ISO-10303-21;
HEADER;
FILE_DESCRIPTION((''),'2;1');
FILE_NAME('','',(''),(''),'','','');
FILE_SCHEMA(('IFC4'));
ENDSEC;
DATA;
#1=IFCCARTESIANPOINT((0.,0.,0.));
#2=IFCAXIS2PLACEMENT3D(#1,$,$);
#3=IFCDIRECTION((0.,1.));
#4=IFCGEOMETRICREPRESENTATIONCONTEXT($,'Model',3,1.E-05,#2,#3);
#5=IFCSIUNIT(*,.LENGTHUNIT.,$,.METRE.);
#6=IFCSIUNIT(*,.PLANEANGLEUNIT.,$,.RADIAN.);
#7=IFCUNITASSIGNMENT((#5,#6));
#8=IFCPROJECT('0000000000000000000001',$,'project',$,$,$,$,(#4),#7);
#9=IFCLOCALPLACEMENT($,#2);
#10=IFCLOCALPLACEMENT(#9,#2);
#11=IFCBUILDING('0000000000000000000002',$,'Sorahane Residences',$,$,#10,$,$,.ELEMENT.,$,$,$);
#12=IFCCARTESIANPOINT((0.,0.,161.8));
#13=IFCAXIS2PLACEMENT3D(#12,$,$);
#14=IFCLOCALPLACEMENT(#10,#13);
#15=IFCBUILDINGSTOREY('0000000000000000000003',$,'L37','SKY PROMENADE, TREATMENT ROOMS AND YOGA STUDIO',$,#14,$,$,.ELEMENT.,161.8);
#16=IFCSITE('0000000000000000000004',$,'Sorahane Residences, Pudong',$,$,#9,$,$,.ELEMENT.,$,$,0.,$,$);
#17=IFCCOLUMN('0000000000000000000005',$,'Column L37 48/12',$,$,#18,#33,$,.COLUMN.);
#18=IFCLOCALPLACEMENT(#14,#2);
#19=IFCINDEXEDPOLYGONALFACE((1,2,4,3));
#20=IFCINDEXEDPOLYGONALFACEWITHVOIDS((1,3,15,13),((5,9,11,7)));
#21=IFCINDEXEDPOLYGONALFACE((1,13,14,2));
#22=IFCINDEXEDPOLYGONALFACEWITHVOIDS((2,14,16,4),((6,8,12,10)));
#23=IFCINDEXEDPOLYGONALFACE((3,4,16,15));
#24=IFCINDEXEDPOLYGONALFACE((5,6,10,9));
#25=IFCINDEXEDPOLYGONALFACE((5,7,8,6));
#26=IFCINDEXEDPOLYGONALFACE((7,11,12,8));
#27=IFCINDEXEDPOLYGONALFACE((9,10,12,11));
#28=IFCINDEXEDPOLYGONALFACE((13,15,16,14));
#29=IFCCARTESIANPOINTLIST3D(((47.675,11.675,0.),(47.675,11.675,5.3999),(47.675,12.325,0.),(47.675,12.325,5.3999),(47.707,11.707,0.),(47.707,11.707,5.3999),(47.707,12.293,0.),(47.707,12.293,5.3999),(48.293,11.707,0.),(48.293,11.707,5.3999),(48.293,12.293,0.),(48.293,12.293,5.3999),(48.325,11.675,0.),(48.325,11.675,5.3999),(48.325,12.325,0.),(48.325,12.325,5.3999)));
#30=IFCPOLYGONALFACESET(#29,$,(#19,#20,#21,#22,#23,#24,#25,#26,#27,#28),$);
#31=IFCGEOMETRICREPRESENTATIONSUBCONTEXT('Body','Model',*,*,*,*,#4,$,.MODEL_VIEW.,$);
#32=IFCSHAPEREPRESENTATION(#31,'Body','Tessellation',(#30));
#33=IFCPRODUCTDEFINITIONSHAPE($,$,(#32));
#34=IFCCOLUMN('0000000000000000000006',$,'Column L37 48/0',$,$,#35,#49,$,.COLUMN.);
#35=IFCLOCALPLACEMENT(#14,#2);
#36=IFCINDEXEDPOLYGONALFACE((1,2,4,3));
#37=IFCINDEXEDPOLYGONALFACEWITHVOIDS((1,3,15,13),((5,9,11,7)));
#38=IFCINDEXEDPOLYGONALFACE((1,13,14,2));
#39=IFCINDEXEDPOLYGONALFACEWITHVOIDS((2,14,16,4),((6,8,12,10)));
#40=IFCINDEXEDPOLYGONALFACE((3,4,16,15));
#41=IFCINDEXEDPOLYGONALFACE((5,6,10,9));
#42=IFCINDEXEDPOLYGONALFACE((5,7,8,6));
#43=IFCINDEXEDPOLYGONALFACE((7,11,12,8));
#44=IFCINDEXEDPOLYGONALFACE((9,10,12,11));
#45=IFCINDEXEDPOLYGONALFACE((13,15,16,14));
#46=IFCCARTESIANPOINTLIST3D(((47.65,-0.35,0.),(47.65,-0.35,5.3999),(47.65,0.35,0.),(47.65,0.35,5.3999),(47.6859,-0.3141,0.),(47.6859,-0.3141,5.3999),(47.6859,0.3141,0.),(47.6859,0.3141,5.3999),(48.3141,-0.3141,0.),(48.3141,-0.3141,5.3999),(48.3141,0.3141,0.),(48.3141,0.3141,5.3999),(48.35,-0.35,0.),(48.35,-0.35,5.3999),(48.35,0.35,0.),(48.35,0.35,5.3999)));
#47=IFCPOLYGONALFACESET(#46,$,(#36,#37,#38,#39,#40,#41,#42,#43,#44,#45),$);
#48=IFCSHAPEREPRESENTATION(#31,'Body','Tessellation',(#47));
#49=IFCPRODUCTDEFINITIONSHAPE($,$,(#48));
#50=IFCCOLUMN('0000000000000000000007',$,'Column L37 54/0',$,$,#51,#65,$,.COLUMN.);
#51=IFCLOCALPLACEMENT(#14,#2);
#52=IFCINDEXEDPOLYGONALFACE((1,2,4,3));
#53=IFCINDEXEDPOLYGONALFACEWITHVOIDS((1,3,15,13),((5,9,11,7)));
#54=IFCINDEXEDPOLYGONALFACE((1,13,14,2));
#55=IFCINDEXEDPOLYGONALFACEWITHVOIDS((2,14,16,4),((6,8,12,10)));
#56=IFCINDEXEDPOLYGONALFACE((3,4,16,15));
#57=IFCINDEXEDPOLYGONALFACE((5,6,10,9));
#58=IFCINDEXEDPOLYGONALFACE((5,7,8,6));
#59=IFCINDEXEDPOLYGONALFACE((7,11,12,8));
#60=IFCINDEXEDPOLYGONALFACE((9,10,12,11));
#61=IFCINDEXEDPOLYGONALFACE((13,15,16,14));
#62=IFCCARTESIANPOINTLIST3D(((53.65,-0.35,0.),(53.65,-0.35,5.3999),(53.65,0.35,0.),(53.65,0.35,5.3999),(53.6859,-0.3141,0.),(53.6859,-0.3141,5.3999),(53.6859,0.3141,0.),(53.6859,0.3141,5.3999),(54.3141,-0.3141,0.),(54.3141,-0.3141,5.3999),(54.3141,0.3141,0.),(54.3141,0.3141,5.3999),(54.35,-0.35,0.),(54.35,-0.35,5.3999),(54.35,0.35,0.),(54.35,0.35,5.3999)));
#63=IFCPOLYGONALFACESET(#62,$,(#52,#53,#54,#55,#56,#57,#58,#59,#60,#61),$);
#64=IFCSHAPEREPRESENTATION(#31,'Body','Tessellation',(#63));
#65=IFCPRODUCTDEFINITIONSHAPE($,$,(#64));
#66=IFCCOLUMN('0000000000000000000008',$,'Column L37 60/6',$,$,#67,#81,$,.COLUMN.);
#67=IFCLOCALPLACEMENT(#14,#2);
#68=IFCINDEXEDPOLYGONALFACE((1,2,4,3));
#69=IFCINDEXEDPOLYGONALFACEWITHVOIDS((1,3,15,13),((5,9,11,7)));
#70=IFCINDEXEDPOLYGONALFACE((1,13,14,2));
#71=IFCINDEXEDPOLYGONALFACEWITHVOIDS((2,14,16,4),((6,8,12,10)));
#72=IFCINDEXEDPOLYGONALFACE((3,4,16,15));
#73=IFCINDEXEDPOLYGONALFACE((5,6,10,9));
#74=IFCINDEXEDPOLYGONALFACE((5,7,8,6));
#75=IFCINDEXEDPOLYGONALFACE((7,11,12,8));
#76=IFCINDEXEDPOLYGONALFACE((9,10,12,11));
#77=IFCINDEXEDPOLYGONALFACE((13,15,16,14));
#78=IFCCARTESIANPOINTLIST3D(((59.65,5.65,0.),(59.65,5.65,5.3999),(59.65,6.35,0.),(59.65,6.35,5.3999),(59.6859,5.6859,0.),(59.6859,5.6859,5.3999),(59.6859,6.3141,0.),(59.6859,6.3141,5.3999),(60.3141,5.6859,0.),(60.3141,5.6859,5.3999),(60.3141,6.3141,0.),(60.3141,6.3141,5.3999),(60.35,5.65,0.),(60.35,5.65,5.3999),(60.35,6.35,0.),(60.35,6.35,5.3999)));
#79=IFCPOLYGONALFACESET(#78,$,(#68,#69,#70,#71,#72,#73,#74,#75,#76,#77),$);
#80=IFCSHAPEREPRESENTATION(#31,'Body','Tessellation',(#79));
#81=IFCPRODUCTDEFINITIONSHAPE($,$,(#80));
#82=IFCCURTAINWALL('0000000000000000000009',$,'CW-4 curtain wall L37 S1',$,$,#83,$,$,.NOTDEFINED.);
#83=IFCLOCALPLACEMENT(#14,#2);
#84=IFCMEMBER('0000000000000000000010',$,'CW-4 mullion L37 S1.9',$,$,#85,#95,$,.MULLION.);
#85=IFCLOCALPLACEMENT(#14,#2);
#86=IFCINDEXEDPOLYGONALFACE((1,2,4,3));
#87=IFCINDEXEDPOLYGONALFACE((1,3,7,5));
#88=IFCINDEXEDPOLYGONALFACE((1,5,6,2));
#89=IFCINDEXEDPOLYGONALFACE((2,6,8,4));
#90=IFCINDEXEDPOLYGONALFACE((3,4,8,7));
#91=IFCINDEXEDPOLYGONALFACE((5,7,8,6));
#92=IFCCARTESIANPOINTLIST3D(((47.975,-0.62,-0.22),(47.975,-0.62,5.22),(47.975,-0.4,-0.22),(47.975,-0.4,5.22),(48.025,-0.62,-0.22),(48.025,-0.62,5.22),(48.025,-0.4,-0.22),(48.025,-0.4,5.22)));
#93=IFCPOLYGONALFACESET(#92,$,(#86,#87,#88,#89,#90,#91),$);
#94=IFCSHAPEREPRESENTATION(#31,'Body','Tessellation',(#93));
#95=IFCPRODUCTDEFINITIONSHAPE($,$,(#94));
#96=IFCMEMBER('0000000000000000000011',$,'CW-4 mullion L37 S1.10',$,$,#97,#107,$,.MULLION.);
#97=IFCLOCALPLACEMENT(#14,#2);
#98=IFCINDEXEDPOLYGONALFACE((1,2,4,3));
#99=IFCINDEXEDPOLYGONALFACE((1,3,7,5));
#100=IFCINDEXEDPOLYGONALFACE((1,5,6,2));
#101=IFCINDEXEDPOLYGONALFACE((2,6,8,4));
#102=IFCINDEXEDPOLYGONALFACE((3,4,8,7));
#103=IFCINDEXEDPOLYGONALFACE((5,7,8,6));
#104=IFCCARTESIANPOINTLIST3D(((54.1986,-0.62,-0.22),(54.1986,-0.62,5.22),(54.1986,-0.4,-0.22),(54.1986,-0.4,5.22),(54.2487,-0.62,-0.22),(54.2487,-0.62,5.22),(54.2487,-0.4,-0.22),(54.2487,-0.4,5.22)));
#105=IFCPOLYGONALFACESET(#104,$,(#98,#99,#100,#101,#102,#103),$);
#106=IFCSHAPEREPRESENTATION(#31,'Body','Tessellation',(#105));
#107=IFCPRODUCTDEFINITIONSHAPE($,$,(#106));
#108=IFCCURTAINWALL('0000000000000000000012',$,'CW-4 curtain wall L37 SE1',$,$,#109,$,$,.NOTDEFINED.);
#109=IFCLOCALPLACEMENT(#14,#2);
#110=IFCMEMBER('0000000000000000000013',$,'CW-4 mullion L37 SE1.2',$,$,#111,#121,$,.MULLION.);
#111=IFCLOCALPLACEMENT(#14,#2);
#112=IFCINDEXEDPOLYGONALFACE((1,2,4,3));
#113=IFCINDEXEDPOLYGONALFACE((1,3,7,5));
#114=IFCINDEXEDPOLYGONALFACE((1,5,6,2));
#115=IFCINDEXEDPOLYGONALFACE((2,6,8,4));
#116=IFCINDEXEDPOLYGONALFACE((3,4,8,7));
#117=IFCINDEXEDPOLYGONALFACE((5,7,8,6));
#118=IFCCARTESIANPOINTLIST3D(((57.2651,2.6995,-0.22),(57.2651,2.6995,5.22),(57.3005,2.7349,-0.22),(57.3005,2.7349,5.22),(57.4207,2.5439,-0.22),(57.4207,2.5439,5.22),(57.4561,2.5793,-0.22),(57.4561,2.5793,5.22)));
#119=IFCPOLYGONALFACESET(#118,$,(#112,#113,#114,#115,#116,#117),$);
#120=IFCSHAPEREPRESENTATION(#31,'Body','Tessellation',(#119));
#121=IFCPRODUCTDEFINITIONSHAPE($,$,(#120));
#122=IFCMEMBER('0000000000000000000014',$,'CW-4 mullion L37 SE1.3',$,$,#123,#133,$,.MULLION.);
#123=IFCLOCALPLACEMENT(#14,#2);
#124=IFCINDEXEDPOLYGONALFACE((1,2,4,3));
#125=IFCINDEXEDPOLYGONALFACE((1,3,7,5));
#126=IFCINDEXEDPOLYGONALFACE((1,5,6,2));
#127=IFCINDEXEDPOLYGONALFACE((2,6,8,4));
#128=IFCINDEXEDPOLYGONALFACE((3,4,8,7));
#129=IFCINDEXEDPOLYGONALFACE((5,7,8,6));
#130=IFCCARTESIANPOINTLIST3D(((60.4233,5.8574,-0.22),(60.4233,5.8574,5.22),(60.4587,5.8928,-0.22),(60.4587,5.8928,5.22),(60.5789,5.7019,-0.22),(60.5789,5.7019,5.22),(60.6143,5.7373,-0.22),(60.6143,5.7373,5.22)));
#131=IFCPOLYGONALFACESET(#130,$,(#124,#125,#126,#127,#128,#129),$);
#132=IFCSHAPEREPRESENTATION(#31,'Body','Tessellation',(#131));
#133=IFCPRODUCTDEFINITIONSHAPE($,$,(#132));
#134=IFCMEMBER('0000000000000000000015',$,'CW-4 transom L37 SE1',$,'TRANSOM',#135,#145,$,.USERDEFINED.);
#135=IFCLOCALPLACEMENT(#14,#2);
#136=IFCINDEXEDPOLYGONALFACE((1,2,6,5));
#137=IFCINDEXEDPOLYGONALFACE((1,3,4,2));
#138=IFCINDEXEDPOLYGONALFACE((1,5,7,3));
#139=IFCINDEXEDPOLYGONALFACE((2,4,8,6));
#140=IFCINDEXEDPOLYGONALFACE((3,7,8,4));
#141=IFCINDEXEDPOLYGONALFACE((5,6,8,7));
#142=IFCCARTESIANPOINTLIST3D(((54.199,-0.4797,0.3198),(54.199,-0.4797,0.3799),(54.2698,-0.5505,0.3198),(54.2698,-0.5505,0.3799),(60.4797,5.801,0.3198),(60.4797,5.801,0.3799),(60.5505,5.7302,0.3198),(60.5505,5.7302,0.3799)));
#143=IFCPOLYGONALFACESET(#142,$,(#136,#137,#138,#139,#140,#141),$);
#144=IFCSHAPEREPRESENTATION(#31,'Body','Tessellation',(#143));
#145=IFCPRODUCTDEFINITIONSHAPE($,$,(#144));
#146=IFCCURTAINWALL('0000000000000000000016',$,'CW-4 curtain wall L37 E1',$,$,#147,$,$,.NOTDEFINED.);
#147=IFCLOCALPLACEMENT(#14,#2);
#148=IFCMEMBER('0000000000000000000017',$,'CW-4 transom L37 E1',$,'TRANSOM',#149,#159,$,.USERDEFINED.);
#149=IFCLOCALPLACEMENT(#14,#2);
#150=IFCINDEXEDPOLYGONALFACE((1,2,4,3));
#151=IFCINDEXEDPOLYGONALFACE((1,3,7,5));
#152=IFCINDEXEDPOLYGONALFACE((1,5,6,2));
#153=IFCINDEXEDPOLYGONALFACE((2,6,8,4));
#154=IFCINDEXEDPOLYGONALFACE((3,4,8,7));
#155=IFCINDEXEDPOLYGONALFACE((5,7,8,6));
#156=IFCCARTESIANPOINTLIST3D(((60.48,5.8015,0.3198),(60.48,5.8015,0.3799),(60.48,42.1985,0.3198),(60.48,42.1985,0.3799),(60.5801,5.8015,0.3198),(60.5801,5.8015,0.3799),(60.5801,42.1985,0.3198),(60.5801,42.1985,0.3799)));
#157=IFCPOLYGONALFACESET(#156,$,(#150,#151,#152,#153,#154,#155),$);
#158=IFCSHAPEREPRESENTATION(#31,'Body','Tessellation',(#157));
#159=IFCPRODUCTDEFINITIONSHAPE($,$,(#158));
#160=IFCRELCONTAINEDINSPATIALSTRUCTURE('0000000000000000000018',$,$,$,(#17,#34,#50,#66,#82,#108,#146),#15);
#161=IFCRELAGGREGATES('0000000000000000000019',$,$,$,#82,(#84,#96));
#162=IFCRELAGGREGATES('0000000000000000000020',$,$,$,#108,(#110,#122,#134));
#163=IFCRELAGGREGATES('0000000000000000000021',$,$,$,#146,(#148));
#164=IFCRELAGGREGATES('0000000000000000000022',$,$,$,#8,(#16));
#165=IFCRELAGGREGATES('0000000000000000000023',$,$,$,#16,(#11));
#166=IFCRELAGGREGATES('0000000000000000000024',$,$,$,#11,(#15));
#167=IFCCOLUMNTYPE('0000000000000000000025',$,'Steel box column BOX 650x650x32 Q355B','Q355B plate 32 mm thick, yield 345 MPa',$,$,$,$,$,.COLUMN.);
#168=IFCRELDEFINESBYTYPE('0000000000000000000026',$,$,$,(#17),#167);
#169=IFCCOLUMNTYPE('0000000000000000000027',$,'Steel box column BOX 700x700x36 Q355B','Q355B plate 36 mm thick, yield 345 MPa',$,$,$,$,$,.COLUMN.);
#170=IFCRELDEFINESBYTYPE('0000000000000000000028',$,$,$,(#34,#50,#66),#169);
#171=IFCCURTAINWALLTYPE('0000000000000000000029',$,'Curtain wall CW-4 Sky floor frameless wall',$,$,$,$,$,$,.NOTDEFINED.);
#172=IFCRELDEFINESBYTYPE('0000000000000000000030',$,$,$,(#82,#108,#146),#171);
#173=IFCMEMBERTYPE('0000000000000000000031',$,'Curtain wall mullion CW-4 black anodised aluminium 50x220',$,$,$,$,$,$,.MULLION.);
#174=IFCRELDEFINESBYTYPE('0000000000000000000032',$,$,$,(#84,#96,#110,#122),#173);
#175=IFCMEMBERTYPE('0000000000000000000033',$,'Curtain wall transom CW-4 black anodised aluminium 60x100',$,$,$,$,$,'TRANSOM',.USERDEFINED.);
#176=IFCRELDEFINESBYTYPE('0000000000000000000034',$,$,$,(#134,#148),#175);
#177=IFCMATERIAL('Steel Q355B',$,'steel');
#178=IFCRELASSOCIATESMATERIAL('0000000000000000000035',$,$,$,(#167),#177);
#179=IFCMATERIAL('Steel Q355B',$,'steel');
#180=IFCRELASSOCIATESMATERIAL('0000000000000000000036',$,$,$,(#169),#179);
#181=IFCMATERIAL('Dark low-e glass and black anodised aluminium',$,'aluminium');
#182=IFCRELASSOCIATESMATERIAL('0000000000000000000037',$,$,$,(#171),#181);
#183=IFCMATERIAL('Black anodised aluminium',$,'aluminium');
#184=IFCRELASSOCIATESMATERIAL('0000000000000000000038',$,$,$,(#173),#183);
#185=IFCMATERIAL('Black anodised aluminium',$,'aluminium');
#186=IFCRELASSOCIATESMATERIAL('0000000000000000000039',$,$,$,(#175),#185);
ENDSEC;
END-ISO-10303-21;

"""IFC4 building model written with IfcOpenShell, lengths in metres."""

from ifc_helpers import new_model, si_unit, direction, frame, origin, origin_2d, place, context, subcontext, project, spatial, rectangle, hollow_rectangle, extrude, material, material_profile, profile_set, type_object, element, aggregate, save


model = new_model("IFC4")

# Units and contexts
model_context = context("Model", 3, precision=1e-05, world=origin(), true_north=direction((0.0, 1.0)))
body_context = subcontext(model_context, "Body", "Model", "MODEL_VIEW")
ifc_project = project(units=[si_unit("LENGTHUNIT", "METRE"), si_unit("PLANEANGLEUNIT", "RADIAN")], contexts=[model_context])

# Site, building, storey
site_placement = place(None, origin())
site = spatial("IfcSite", under=ifc_project, at=site_placement, Name="Sorahane Residences, Pudong", CompositionType="ELEMENT", RefElevation=0.0)
building_placement = place(site_placement, origin())
building = spatial("IfcBuilding", under=site, at=building_placement, Name="Sorahane Residences", CompositionType="ELEMENT")
storey_placement = place(building_placement, frame((0.0, 0.0, 161.8)))
storey = spatial("IfcBuildingStorey", under=building, at=storey_placement, Name="L37", Description="SKY PROMENADE, TREATMENT ROOMS AND YOGA STUDIO", CompositionType="ELEMENT", Elevation=161.8)

# Columns
ifc_material_1 = material(Name="Steel Q355B", Category="steel")
ifc_material_profile_1 = material_profile(ifc_material_1, hollow_rectangle(XDim=0.6499, YDim=0.6499, WallThickness=0.032, at=origin_2d()), Name="BOX 650x650x32")
ifc_profile_set_1 = profile_set([ifc_material_profile_1], Name="Steel Q355B")
column_type_1 = type_object("IfcColumnType", Name="Steel box column BOX 650x650x32 Q355B", Description="Q355B plate 32 mm thick, yield 345 MPa", PredefinedType="COLUMN", material=ifc_profile_set_1)
column_placement = place(storey_placement, frame((48.0, 12.0, 0.0), z_axis=(0.0, 0.0, 1.0), x_axis=(1.0, 0.0, 0.0)))
element("IfcColumn", 1, at=column_placement, inside=storey, type_object=column_type_1, Name="Column L37 48/12", PredefinedType="COLUMN", context=body_context, shape_type="SweptSolid", body=[
    extrude(hollow_rectangle(XDim=0.6499, YDim=0.6499, WallThickness=0.032, at=origin_2d()), origin(), (0.0, 0.0, 1.0), 5.3999),
])
ifc_material_2 = material(Name="Steel Q355B", Category="steel")
ifc_material_profile_2 = material_profile(ifc_material_2, hollow_rectangle(XDim=0.7, YDim=0.7, WallThickness=0.0359, at=origin_2d()), Name="BOX 700x700x36")
ifc_profile_set_2 = profile_set([ifc_material_profile_2], Name="Steel Q355B")
column_type_2 = type_object("IfcColumnType", Name="Steel box column BOX 700x700x36 Q355B", Description="Q355B plate 36 mm thick, yield 345 MPa", PredefinedType="COLUMN", material=ifc_profile_set_2)
for number, where, z_axis, x_axis, name in (
    (2, (48.0, 0.0, 0.0), (0.0, 0.0, 1.0), (1.0, 0.0, 0.0), "Column L37 48/0"),
    (3, (54.0, 0.0, 0.0), (0.0, 0.0, 1.0), (1.0, 0.0, 0.0), "Column L37 54/0"),
    (4, (60.0, 6.0, 0.0), (0.0, 0.0, 1.0), (1.0, 0.0, 0.0), "Column L37 60/6"),
):
    element("IfcColumn", number, at=place(storey_placement, frame(where, z_axis=z_axis, x_axis=x_axis)), inside=storey, type_object=column_type_2, Name=name, PredefinedType="COLUMN", context=body_context, shape_type="SweptSolid", body=[
        extrude(hollow_rectangle(XDim=0.7, YDim=0.7, WallThickness=0.0359, at=origin_2d()), origin(), (0.0, 0.0, 1.0), 5.3999),
    ])

# Curtain walls, members
ifc_material_3 = material(Name="Dark low-e glass and black anodised aluminium", Category="aluminium")
curtain_wall_type = type_object("IfcCurtainWallType", Name="Curtain wall CW-4 Sky floor frameless wall", PredefinedType="NOTDEFINED", material=ifc_material_3)
curtain_wall_1_placement = place(storey_placement, origin())
curtain_wall_1 = element("IfcCurtainWall", 5, at=curtain_wall_1_placement, inside=storey, type_object=curtain_wall_type, Name="CW-4 curtain wall L37 S1", PredefinedType="NOTDEFINED")
ifc_material_4 = material(Name="Black anodised aluminium", Category="aluminium")
ifc_material_profile_3 = material_profile(ifc_material_4, rectangle(XDim=0.22, YDim=0.05, at=origin_2d()), Name="Curtain wall mullion CW-4 black anodised aluminium 50x220")
ifc_profile_set_3 = profile_set([ifc_material_profile_3], Name="Black anodised aluminium")
member_type_1 = type_object("IfcMemberType", Name="Curtain wall mullion CW-4 black anodised aluminium 50x220", PredefinedType="MULLION", material=ifc_profile_set_3)
member_1_placement = place(storey_placement, frame((48.0, -0.51, -0.22), z_axis=(0.0, 0.0, 1.0), x_axis=(0.0, -1.0, 0.0)))
member_1 = element("IfcMember", 6, at=member_1_placement, type_object=member_type_1, Name="CW-4 mullion L37 S1.9", PredefinedType="MULLION", context=body_context, shape_type="SweptSolid", body=[
    extrude(rectangle(XDim=0.22, YDim=0.05, at=origin_2d()), origin(), (0.0, 0.0, 1.0), 5.4399),
])
member_2_placement = place(storey_placement, frame((54.2236, -0.51, -0.22), z_axis=(0.0, 0.0, 1.0), x_axis=(0.0, -1.0, 0.0)))
member_2 = element("IfcMember", 7, at=member_2_placement, type_object=member_type_1, Name="CW-4 mullion L37 S1.10", PredefinedType="MULLION", context=body_context, shape_type="SweptSolid", body=[
    extrude(rectangle(XDim=0.22, YDim=0.05, at=origin_2d()), origin(), (0.0, 0.0, 1.0), 5.4399),
])
curtain_wall_2_placement = place(storey_placement, origin())
curtain_wall_2 = element("IfcCurtainWall", 8, at=curtain_wall_2_placement, inside=storey, type_object=curtain_wall_type, Name="CW-4 curtain wall L37 SE1", PredefinedType="NOTDEFINED")
member_3_placement = place(storey_placement, frame((57.3606, 2.6394, -0.22), z_axis=(0.0, 0.0, 1.0), x_axis=(0.707107, -0.707107, 0.0)))
member_3 = element("IfcMember", 9, at=member_3_placement, type_object=member_type_1, Name="CW-4 mullion L37 SE1.2", PredefinedType="MULLION", context=body_context, shape_type="SweptSolid", body=[
    extrude(rectangle(XDim=0.22, YDim=0.05, at=origin_2d()), origin(), (0.0, 0.0, 1.0), 5.4399),
])
member_4_placement = place(storey_placement, frame((60.5188, 5.7974, -0.22), z_axis=(0.0, 0.0, 1.0), x_axis=(0.707107, -0.707107, 0.0)))
member_4 = element("IfcMember", 10, at=member_4_placement, type_object=member_type_1, Name="CW-4 mullion L37 SE1.3", PredefinedType="MULLION", context=body_context, shape_type="SweptSolid", body=[
    extrude(rectangle(XDim=0.22, YDim=0.05, at=origin_2d()), origin(), (0.0, 0.0, 1.0), 5.4399),
])
ifc_material_5 = material(Name="Black anodised aluminium", Category="aluminium")
ifc_material_profile_4 = material_profile(ifc_material_5, rectangle(XDim=0.1001, YDim=0.0601, at=origin_2d()), Name="Curtain wall transom CW-4 black anodised aluminium 60x100")
ifc_profile_set_4 = profile_set([ifc_material_profile_4], Name="Black anodised aluminium")
member_type_2 = type_object("IfcMemberType", Name="Curtain wall transom CW-4 black anodised aluminium 60x100", ElementType="TRANSOM", PredefinedType="USERDEFINED", material=ifc_profile_set_4)
member_5_placement = place(storey_placement, frame((54.2344, -0.5151, 0.3499), z_axis=(0.707107, 0.707107, 0.0), x_axis=(-0.707107, 0.707107, 0.0)))
member_5 = element("IfcMember", 11, at=member_5_placement, type_object=member_type_2, Name="CW-4 transom L37 SE1", ObjectType="TRANSOM", PredefinedType="USERDEFINED", context=body_context, shape_type="SweptSolid", body=[
    extrude(rectangle(XDim=0.1001, YDim=0.0601, at=origin_2d()), origin(), (0.0, 0.0, 1.0), 8.8823),
])

# Curtain wall, member
curtain_wall_3_placement = place(storey_placement, origin())
curtain_wall_3 = element("IfcCurtainWall", 12, at=curtain_wall_3_placement, inside=storey, type_object=curtain_wall_type, Name="CW-4 curtain wall L37 E1", PredefinedType="NOTDEFINED")
member_6_placement = place(storey_placement, frame((60.53, 5.8015, 0.3499), z_axis=(0.0, 1.0, 0.0), x_axis=(-1.0, 0.0, 0.0)))
member_6 = element("IfcMember", 13, at=member_6_placement, type_object=member_type_2, Name="CW-4 transom L37 E1", ObjectType="TRANSOM", PredefinedType="USERDEFINED", context=body_context, shape_type="SweptSolid", body=[
    extrude(rectangle(XDim=0.1001, YDim=0.0601, at=origin_2d()), origin(), (0.0, 0.0, 1.0), 36.397),
])

aggregate(curtain_wall_1, [member_1, member_2])
aggregate(curtain_wall_2, [member_3, member_4, member_5])
aggregate(curtain_wall_3, [member_6])

save(model, "model.ifc")
